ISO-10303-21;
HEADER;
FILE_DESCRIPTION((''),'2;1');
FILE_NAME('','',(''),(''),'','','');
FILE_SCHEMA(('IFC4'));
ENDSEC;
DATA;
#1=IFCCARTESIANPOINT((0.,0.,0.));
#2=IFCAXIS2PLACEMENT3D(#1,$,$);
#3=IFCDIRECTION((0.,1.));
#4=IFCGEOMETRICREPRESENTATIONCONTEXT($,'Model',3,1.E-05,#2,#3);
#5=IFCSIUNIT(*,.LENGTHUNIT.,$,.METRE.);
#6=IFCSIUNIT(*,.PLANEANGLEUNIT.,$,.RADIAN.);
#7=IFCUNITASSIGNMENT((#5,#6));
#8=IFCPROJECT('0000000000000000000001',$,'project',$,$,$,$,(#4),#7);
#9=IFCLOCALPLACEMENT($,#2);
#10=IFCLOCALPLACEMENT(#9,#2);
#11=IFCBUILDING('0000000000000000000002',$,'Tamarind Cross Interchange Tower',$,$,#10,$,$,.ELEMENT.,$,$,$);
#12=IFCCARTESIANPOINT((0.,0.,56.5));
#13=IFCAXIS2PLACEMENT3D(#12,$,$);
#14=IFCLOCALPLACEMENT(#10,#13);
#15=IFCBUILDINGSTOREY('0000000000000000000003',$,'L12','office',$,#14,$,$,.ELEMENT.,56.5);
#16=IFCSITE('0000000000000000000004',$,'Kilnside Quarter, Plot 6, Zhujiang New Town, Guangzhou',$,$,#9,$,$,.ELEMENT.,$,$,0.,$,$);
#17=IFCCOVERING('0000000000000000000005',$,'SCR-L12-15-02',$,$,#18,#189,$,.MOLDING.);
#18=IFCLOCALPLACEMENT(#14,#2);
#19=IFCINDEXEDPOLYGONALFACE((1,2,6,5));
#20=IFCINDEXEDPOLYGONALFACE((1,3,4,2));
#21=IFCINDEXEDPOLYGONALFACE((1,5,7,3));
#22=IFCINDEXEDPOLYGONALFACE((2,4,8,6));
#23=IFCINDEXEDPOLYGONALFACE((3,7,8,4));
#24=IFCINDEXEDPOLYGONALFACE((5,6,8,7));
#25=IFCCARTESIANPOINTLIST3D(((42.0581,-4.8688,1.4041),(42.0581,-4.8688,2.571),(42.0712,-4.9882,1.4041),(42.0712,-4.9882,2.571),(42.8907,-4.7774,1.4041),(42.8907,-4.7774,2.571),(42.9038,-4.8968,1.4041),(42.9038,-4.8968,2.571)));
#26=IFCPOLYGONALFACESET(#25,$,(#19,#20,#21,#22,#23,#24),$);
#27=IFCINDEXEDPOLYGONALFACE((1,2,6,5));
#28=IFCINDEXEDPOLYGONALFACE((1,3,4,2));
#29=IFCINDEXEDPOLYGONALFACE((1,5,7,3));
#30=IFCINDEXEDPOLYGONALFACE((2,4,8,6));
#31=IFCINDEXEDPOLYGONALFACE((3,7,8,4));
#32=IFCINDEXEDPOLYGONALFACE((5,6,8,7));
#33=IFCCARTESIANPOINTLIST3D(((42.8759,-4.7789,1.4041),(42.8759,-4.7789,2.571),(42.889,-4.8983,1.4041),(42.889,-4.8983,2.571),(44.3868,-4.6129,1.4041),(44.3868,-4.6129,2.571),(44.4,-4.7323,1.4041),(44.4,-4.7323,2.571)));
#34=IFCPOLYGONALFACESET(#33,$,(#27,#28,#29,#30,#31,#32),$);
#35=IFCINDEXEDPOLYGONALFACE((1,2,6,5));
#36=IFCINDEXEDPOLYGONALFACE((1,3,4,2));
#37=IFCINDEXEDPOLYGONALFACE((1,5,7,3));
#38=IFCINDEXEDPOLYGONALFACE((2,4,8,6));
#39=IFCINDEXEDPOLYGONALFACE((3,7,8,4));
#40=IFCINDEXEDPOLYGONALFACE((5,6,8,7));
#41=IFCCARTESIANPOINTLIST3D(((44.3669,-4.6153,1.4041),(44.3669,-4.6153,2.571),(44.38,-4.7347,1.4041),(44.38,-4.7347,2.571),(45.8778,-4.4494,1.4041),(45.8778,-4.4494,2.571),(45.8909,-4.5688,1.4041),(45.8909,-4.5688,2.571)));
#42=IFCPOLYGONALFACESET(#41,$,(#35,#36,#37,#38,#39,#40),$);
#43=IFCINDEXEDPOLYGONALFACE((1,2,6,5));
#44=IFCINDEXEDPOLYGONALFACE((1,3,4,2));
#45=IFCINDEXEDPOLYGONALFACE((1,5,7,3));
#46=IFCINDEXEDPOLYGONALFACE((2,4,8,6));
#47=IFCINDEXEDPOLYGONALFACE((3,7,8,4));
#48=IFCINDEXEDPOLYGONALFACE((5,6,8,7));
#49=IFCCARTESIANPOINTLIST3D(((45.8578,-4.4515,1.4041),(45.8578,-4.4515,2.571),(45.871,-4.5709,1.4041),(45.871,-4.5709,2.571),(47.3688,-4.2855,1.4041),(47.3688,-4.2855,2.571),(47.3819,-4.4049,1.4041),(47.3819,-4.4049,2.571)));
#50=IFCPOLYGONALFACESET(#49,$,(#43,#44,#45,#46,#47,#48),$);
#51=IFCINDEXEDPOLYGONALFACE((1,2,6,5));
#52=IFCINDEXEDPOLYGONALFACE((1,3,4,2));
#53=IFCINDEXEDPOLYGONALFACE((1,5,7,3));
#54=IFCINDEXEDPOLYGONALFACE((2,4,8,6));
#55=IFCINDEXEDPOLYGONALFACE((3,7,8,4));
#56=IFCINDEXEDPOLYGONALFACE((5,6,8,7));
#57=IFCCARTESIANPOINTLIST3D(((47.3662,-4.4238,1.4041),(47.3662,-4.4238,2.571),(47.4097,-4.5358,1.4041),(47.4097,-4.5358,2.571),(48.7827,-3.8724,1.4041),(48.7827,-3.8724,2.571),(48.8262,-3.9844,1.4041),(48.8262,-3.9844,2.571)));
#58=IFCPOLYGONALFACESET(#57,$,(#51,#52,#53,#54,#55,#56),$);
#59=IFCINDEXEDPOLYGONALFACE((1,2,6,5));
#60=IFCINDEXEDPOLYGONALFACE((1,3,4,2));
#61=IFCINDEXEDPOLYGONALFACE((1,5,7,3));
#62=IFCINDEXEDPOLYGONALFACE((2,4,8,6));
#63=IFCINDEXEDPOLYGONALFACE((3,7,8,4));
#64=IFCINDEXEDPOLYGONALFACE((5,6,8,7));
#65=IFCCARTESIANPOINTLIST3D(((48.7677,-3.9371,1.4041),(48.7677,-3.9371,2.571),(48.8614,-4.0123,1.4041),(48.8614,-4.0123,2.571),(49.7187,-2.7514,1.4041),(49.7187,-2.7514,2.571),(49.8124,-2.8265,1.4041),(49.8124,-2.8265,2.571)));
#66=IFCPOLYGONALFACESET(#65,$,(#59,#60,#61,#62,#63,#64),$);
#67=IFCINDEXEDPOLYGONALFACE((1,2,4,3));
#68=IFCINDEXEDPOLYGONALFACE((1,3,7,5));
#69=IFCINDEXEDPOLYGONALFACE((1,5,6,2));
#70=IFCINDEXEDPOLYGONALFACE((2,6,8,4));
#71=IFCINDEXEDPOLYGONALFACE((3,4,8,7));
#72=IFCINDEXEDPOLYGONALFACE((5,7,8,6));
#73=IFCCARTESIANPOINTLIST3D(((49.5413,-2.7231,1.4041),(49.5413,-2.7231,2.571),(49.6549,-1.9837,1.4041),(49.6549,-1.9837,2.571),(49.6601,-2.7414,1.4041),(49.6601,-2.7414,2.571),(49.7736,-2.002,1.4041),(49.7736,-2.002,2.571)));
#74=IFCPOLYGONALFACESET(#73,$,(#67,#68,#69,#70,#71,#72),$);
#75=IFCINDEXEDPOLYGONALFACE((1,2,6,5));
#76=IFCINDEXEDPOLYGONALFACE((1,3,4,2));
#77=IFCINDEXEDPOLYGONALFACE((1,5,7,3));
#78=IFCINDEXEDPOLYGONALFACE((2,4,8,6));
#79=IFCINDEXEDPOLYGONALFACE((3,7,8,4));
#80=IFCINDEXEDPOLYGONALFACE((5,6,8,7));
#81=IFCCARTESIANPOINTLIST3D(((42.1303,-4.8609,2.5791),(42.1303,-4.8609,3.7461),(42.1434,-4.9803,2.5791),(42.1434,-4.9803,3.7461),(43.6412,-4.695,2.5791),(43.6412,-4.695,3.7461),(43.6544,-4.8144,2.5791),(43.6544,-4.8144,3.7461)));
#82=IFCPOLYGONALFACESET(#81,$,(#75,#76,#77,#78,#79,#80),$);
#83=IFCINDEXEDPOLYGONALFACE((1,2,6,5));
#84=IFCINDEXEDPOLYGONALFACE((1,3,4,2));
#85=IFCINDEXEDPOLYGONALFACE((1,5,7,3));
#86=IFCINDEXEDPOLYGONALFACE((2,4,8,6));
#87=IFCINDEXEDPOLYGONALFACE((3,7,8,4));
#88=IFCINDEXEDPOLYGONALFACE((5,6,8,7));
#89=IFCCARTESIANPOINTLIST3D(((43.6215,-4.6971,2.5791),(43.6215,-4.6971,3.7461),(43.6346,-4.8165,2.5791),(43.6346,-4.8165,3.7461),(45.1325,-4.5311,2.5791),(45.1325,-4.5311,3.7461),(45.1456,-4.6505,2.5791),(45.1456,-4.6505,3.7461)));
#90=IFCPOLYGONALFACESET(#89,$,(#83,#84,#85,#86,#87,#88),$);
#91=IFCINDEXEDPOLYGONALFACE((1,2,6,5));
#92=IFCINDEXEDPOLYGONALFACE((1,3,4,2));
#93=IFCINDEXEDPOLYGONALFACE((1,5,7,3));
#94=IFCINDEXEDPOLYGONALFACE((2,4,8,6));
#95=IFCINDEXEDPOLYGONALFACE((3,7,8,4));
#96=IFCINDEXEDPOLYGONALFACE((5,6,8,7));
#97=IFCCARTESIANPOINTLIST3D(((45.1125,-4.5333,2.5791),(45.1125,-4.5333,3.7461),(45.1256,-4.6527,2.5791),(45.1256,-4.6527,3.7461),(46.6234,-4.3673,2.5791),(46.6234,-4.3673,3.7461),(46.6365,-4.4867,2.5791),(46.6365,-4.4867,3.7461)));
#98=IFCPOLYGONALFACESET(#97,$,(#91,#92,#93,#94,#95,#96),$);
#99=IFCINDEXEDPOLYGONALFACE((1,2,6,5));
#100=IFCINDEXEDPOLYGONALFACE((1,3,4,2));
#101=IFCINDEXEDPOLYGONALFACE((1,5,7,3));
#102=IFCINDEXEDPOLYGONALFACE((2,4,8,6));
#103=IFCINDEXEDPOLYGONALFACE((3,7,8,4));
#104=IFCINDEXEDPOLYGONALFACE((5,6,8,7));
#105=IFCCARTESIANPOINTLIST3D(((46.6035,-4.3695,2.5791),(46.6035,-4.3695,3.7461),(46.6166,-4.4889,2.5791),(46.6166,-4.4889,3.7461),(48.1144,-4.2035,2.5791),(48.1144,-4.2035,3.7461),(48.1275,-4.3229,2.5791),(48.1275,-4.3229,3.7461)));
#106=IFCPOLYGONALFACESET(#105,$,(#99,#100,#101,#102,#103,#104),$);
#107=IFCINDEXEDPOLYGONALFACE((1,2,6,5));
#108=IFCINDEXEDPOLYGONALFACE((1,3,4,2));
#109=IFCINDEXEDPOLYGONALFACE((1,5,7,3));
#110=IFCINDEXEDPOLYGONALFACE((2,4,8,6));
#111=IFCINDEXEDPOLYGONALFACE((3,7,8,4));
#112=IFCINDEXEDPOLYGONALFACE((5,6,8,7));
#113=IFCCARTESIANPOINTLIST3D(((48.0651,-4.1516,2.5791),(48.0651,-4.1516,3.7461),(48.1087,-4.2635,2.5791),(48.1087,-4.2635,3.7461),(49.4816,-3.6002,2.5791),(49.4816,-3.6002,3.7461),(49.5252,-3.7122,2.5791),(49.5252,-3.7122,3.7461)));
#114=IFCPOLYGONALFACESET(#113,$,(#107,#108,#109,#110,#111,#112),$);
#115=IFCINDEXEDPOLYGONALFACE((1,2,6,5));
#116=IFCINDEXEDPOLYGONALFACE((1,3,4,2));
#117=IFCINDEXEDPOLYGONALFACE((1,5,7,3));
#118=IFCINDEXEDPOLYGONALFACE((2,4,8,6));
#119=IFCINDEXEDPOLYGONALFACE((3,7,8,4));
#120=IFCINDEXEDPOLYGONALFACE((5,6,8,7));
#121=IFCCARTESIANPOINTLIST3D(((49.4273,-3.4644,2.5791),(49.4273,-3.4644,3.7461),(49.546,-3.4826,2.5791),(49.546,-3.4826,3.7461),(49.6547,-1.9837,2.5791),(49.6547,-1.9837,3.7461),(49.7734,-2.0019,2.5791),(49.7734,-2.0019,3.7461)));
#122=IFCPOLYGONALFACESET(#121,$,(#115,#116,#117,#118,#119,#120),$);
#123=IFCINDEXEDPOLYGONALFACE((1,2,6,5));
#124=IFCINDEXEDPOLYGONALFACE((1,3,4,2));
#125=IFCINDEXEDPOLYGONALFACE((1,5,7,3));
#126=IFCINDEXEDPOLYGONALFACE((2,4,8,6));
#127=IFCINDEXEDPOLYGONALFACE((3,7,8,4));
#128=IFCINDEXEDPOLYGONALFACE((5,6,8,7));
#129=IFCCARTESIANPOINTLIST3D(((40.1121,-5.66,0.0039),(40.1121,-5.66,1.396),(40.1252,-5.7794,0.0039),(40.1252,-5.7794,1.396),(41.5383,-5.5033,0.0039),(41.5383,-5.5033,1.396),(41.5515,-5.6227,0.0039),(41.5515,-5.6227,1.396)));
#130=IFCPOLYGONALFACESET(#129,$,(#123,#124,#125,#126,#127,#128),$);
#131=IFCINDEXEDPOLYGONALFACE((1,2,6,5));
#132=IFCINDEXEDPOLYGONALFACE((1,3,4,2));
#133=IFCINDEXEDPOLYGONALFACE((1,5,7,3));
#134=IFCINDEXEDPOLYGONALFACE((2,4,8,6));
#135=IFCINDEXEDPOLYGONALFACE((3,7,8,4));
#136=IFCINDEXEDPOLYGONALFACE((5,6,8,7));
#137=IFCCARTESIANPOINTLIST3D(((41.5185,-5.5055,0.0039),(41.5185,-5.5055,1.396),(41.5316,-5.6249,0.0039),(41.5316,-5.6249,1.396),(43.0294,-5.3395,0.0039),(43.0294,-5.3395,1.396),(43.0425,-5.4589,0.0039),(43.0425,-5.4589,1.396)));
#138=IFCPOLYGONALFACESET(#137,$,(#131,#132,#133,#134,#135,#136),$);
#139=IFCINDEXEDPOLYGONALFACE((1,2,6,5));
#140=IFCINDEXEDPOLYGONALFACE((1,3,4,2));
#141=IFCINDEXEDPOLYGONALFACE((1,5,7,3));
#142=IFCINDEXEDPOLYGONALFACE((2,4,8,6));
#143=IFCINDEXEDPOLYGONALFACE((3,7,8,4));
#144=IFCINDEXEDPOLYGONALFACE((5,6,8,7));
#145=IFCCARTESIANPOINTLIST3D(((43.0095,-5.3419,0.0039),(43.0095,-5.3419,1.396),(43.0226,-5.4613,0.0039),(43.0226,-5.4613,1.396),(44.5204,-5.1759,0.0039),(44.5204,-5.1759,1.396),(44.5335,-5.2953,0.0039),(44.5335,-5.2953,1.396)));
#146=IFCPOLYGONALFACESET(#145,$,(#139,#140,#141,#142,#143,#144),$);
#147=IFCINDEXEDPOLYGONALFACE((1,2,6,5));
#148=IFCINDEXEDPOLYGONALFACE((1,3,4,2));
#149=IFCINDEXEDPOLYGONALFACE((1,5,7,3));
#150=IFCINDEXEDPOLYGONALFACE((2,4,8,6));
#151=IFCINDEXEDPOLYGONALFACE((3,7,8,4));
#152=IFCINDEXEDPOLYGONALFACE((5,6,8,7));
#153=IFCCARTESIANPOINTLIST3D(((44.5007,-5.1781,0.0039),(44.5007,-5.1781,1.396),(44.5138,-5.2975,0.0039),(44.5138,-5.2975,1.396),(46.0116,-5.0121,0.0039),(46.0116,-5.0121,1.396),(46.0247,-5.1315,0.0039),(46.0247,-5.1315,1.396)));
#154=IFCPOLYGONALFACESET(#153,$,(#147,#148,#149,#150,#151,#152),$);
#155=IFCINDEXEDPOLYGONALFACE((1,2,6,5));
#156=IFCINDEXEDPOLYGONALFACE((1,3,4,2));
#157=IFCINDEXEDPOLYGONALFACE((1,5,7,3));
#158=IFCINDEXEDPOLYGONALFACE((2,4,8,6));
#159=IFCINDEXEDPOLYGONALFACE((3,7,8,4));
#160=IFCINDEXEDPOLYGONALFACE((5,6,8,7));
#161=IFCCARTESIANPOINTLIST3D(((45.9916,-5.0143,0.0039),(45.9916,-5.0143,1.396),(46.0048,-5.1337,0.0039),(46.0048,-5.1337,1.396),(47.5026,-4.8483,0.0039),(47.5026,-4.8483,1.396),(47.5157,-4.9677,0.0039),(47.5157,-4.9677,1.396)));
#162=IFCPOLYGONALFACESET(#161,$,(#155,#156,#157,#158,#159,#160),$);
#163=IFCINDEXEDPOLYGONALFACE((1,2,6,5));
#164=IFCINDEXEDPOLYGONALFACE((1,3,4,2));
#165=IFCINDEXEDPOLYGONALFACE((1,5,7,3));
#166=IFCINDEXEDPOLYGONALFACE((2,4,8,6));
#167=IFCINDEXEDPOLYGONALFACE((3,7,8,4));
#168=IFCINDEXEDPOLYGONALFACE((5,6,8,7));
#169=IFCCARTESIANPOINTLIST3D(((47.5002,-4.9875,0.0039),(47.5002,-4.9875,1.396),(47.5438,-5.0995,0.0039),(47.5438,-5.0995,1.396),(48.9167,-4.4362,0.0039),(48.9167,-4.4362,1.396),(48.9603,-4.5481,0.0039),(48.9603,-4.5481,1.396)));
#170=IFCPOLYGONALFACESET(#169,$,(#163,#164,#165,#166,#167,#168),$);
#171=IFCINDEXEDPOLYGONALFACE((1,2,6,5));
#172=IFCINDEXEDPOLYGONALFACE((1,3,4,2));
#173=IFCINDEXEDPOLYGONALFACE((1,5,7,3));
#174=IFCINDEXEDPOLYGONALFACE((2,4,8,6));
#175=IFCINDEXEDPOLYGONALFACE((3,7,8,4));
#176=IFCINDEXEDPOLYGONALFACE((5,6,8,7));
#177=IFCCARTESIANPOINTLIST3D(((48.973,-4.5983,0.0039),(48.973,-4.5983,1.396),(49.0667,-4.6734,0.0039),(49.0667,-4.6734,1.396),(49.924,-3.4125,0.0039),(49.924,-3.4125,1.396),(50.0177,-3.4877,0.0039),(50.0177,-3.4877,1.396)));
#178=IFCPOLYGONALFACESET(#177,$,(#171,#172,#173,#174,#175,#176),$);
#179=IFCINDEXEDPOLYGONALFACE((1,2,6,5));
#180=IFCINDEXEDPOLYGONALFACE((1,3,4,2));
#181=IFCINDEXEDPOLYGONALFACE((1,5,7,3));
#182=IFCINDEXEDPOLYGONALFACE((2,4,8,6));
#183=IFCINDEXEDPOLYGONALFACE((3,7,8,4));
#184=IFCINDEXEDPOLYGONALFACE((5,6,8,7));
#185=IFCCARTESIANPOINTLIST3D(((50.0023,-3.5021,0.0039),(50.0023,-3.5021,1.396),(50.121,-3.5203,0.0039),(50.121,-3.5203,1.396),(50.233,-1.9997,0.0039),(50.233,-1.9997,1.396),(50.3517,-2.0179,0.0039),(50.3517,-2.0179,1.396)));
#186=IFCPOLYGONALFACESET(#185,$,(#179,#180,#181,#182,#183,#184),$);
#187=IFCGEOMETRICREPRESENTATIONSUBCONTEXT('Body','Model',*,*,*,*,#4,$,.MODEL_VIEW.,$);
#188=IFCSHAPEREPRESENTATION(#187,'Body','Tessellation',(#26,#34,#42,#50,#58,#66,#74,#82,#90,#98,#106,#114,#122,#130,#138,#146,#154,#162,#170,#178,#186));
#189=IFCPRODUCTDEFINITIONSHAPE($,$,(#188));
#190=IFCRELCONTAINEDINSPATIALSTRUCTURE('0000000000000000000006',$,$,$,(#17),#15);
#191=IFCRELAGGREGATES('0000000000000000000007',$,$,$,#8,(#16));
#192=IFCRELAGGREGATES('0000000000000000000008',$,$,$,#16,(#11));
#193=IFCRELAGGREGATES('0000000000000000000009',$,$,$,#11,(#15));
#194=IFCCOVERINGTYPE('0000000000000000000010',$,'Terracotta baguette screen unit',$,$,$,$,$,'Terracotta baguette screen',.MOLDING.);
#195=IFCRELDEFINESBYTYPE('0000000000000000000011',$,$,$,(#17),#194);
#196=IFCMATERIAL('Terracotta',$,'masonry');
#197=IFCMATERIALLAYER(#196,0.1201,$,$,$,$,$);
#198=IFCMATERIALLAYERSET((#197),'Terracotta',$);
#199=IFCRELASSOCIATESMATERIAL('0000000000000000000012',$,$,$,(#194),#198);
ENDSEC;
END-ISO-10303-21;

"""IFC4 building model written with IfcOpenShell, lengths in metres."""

from ifc_helpers import new_model, si_unit, direction, frame, origin, origin_2d, place, context, subcontext, project, spatial, rectangle, extrude, material, layer, layer_set, type_object, element, save


model = new_model("IFC4")

# Units and contexts
model_context = context("Model", 3, precision=1e-05, world=origin(), true_north=direction((0.0, 1.0)))
body_context = subcontext(model_context, "Body", "Model", "MODEL_VIEW")
ifc_project = project(units=[si_unit("LENGTHUNIT", "METRE"), si_unit("PLANEANGLEUNIT", "RADIAN")], contexts=[model_context])

# Site, building, storey
site_placement = place(None, origin())
site = spatial("IfcSite", under=ifc_project, at=site_placement, Name="Kilnside Quarter, Plot 6, Zhujiang New Town, Guangzhou", CompositionType="ELEMENT", RefElevation=0.0)
building_placement = place(site_placement, origin())
building = spatial("IfcBuilding", under=site, at=building_placement, Name="Tamarind Cross Interchange Tower", CompositionType="ELEMENT")
storey_placement = place(building_placement, frame((0.0, 0.0, 56.5)))
storey = spatial("IfcBuildingStorey", under=building, at=storey_placement, Name="L12", Description="office", CompositionType="ELEMENT", Elevation=56.5)

# Covering
ifc_material_1 = material(Name="Terracotta", Category="masonry")
ifc_layer_1 = layer(ifc_material_1, 0.1201)
ifc_layer_set_1 = layer_set([ifc_layer_1], Name="Terracotta")
covering_type = type_object("IfcCoveringType", Name="Terracotta baguette screen unit", ElementType="Terracotta baguette screen", PredefinedType="MOLDING", material=ifc_layer_set_1)
covering_1_placement = place(storey_placement, origin())
element("IfcCovering", 1, at=covering_1_placement, inside=storey, type_object=covering_type, Name="SCR-L12-15-02", PredefinedType="MOLDING", context=body_context, shape_type="SweptSolid", body=[
    extrude(rectangle(XDim=0.8376, YDim=0.1201, at=origin_2d()), frame((42.481, -4.8828, 1.4041), z_axis=(0.0, 0.0, 1.0), x_axis=(0.994021, 0.109193, 0.0)), (0.0, 0.0, 1.0), 1.167),
    extrude(rectangle(XDim=1.52, YDim=0.1201, at=origin_2d()), frame((43.6379, -4.7556, 1.4041), z_axis=(0.0, 0.0, 1.0), x_axis=(0.994021, 0.109193, 0.0)), (0.0, 0.0, 1.0), 1.167),
    extrude(rectangle(XDim=1.52, YDim=0.1201, at=origin_2d()), frame((45.1289, -4.592, 1.4041), z_axis=(0.0, 0.0, 1.0), x_axis=(0.994021, 0.109193, 0.0)), (0.0, 0.0, 1.0), 1.167),
    extrude(rectangle(XDim=1.52, YDim=0.1201, at=origin_2d()), frame((46.6199, -4.4282, 1.4041), z_axis=(0.0, 0.0, 1.0), x_axis=(0.994021, 0.109193, 0.0)), (0.0, 0.0, 1.0), 1.167),
    extrude(rectangle(XDim=1.52, YDim=0.1201, at=origin_2d()), frame((48.0962, -4.2041, 1.4041), z_axis=(0.0, 0.0, 1.0), x_axis=(0.931889, 0.362744, 0.0)), (0.0, 0.0, 1.0), 1.167),
    extrude(rectangle(XDim=1.52, YDim=0.1201, at=origin_2d()), frame((49.29, -3.3818, 1.4041), z_axis=(0.0, 0.0, 1.0), x_axis=(0.625668, 0.78009, 0.0)), (0.0, 0.0, 1.0), 1.167),
    extrude(rectangle(XDim=0.748, YDim=0.1201, at=origin_2d()), frame((49.6575, -2.3625, 1.4041), z_axis=(0.0, 0.0, 1.0), x_axis=(0.151799, 0.988411, 0.0)), (0.0, 0.0, 1.0), 1.167),
    extrude(rectangle(XDim=1.52, YDim=0.1201, at=origin_2d()), frame((42.8923, -4.8376, 2.5791), z_axis=(0.0, 0.0, 1.0), x_axis=(0.994021, 0.109193, 0.0)), (0.0, 0.0, 1.0), 1.167),
    extrude(rectangle(XDim=1.52, YDim=0.1201, at=origin_2d()), frame((44.3835, -4.6738, 2.5791), z_axis=(0.0, 0.0, 1.0), x_axis=(0.994021, 0.109193, 0.0)), (0.0, 0.0, 1.0), 1.167),
    extrude(rectangle(XDim=1.52, YDim=0.1201, at=origin_2d()), frame((45.8745, -4.51, 2.5791), z_axis=(0.0, 0.0, 1.0), x_axis=(0.994021, 0.109193, 0.0)), (0.0, 0.0, 1.0), 1.167),
    extrude(rectangle(XDim=1.52, YDim=0.1201, at=origin_2d()), frame((47.3655, -4.3462, 2.5791), z_axis=(0.0, 0.0, 1.0), x_axis=(0.994021, 0.109193, 0.0)), (0.0, 0.0, 1.0), 1.167),
    extrude(rectangle(XDim=1.52, YDim=0.1201, at=origin_2d()), frame((48.7952, -3.9319, 2.5791), z_axis=(0.0, 0.0, 1.0), x_axis=(0.931889, 0.362744, 0.0)), (0.0, 0.0, 1.0), 1.167),
    extrude(rectangle(XDim=1.498, YDim=0.1201, at=origin_2d()), frame((49.6003, -2.7332, 2.5791), z_axis=(0.0, 0.0, 1.0), x_axis=(0.151799, 0.988411, 0.0)), (0.0, 0.0, 1.0), 1.167),
    extrude(rectangle(XDim=1.4348, YDim=0.1201, at=origin_2d()), frame((40.8318, -5.6414, 0.0039), z_axis=(0.0, 0.0, 1.0), x_axis=(0.994021, 0.109193, 0.0)), (0.0, 0.0, 1.0), 1.3921),
    extrude(rectangle(XDim=1.52, YDim=0.1201, at=origin_2d()), frame((42.2805, -5.4822, 0.0039), z_axis=(0.0, 0.0, 1.0), x_axis=(0.994021, 0.109193, 0.0)), (0.0, 0.0, 1.0), 1.3921),
    extrude(rectangle(XDim=1.52, YDim=0.1201, at=origin_2d()), frame((43.7715, -5.3186, 0.0039), z_axis=(0.0, 0.0, 1.0), x_axis=(0.994021, 0.109193, 0.0)), (0.0, 0.0, 1.0), 1.3921),
    extrude(rectangle(XDim=1.52, YDim=0.1201, at=origin_2d()), frame((45.2627, -5.1548, 0.0039), z_axis=(0.0, 0.0, 1.0), x_axis=(0.994021, 0.109193, 0.0)), (0.0, 0.0, 1.0), 1.3921),
    extrude(rectangle(XDim=1.52, YDim=0.1201, at=origin_2d()), frame((46.7537, -4.991, 0.0039), z_axis=(0.0, 0.0, 1.0), x_axis=(0.994021, 0.109193, 0.0)), (0.0, 0.0, 1.0), 1.3921),
    extrude(rectangle(XDim=1.52, YDim=0.1201, at=origin_2d()), frame((48.2302, -4.7678, 0.0039), z_axis=(0.0, 0.0, 1.0), x_axis=(0.931889, 0.362744, 0.0)), (0.0, 0.0, 1.0), 1.3921),
    extrude(rectangle(XDim=1.52, YDim=0.1201, at=origin_2d()), frame((49.4954, -4.043, 0.0039), z_axis=(0.0, 0.0, 1.0), x_axis=(0.625668, 0.78009, 0.0)), (0.0, 0.0, 1.0), 1.3921),
    extrude(rectangle(XDim=1.52, YDim=0.1201, at=origin_2d()), frame((50.177, -2.76, 0.0039), z_axis=(0.0, 0.0, 1.0), x_axis=(0.151799, 0.988411, 0.0)), (0.0, 0.0, 1.0), 1.3921),
])

save(model, "model.ifc")
